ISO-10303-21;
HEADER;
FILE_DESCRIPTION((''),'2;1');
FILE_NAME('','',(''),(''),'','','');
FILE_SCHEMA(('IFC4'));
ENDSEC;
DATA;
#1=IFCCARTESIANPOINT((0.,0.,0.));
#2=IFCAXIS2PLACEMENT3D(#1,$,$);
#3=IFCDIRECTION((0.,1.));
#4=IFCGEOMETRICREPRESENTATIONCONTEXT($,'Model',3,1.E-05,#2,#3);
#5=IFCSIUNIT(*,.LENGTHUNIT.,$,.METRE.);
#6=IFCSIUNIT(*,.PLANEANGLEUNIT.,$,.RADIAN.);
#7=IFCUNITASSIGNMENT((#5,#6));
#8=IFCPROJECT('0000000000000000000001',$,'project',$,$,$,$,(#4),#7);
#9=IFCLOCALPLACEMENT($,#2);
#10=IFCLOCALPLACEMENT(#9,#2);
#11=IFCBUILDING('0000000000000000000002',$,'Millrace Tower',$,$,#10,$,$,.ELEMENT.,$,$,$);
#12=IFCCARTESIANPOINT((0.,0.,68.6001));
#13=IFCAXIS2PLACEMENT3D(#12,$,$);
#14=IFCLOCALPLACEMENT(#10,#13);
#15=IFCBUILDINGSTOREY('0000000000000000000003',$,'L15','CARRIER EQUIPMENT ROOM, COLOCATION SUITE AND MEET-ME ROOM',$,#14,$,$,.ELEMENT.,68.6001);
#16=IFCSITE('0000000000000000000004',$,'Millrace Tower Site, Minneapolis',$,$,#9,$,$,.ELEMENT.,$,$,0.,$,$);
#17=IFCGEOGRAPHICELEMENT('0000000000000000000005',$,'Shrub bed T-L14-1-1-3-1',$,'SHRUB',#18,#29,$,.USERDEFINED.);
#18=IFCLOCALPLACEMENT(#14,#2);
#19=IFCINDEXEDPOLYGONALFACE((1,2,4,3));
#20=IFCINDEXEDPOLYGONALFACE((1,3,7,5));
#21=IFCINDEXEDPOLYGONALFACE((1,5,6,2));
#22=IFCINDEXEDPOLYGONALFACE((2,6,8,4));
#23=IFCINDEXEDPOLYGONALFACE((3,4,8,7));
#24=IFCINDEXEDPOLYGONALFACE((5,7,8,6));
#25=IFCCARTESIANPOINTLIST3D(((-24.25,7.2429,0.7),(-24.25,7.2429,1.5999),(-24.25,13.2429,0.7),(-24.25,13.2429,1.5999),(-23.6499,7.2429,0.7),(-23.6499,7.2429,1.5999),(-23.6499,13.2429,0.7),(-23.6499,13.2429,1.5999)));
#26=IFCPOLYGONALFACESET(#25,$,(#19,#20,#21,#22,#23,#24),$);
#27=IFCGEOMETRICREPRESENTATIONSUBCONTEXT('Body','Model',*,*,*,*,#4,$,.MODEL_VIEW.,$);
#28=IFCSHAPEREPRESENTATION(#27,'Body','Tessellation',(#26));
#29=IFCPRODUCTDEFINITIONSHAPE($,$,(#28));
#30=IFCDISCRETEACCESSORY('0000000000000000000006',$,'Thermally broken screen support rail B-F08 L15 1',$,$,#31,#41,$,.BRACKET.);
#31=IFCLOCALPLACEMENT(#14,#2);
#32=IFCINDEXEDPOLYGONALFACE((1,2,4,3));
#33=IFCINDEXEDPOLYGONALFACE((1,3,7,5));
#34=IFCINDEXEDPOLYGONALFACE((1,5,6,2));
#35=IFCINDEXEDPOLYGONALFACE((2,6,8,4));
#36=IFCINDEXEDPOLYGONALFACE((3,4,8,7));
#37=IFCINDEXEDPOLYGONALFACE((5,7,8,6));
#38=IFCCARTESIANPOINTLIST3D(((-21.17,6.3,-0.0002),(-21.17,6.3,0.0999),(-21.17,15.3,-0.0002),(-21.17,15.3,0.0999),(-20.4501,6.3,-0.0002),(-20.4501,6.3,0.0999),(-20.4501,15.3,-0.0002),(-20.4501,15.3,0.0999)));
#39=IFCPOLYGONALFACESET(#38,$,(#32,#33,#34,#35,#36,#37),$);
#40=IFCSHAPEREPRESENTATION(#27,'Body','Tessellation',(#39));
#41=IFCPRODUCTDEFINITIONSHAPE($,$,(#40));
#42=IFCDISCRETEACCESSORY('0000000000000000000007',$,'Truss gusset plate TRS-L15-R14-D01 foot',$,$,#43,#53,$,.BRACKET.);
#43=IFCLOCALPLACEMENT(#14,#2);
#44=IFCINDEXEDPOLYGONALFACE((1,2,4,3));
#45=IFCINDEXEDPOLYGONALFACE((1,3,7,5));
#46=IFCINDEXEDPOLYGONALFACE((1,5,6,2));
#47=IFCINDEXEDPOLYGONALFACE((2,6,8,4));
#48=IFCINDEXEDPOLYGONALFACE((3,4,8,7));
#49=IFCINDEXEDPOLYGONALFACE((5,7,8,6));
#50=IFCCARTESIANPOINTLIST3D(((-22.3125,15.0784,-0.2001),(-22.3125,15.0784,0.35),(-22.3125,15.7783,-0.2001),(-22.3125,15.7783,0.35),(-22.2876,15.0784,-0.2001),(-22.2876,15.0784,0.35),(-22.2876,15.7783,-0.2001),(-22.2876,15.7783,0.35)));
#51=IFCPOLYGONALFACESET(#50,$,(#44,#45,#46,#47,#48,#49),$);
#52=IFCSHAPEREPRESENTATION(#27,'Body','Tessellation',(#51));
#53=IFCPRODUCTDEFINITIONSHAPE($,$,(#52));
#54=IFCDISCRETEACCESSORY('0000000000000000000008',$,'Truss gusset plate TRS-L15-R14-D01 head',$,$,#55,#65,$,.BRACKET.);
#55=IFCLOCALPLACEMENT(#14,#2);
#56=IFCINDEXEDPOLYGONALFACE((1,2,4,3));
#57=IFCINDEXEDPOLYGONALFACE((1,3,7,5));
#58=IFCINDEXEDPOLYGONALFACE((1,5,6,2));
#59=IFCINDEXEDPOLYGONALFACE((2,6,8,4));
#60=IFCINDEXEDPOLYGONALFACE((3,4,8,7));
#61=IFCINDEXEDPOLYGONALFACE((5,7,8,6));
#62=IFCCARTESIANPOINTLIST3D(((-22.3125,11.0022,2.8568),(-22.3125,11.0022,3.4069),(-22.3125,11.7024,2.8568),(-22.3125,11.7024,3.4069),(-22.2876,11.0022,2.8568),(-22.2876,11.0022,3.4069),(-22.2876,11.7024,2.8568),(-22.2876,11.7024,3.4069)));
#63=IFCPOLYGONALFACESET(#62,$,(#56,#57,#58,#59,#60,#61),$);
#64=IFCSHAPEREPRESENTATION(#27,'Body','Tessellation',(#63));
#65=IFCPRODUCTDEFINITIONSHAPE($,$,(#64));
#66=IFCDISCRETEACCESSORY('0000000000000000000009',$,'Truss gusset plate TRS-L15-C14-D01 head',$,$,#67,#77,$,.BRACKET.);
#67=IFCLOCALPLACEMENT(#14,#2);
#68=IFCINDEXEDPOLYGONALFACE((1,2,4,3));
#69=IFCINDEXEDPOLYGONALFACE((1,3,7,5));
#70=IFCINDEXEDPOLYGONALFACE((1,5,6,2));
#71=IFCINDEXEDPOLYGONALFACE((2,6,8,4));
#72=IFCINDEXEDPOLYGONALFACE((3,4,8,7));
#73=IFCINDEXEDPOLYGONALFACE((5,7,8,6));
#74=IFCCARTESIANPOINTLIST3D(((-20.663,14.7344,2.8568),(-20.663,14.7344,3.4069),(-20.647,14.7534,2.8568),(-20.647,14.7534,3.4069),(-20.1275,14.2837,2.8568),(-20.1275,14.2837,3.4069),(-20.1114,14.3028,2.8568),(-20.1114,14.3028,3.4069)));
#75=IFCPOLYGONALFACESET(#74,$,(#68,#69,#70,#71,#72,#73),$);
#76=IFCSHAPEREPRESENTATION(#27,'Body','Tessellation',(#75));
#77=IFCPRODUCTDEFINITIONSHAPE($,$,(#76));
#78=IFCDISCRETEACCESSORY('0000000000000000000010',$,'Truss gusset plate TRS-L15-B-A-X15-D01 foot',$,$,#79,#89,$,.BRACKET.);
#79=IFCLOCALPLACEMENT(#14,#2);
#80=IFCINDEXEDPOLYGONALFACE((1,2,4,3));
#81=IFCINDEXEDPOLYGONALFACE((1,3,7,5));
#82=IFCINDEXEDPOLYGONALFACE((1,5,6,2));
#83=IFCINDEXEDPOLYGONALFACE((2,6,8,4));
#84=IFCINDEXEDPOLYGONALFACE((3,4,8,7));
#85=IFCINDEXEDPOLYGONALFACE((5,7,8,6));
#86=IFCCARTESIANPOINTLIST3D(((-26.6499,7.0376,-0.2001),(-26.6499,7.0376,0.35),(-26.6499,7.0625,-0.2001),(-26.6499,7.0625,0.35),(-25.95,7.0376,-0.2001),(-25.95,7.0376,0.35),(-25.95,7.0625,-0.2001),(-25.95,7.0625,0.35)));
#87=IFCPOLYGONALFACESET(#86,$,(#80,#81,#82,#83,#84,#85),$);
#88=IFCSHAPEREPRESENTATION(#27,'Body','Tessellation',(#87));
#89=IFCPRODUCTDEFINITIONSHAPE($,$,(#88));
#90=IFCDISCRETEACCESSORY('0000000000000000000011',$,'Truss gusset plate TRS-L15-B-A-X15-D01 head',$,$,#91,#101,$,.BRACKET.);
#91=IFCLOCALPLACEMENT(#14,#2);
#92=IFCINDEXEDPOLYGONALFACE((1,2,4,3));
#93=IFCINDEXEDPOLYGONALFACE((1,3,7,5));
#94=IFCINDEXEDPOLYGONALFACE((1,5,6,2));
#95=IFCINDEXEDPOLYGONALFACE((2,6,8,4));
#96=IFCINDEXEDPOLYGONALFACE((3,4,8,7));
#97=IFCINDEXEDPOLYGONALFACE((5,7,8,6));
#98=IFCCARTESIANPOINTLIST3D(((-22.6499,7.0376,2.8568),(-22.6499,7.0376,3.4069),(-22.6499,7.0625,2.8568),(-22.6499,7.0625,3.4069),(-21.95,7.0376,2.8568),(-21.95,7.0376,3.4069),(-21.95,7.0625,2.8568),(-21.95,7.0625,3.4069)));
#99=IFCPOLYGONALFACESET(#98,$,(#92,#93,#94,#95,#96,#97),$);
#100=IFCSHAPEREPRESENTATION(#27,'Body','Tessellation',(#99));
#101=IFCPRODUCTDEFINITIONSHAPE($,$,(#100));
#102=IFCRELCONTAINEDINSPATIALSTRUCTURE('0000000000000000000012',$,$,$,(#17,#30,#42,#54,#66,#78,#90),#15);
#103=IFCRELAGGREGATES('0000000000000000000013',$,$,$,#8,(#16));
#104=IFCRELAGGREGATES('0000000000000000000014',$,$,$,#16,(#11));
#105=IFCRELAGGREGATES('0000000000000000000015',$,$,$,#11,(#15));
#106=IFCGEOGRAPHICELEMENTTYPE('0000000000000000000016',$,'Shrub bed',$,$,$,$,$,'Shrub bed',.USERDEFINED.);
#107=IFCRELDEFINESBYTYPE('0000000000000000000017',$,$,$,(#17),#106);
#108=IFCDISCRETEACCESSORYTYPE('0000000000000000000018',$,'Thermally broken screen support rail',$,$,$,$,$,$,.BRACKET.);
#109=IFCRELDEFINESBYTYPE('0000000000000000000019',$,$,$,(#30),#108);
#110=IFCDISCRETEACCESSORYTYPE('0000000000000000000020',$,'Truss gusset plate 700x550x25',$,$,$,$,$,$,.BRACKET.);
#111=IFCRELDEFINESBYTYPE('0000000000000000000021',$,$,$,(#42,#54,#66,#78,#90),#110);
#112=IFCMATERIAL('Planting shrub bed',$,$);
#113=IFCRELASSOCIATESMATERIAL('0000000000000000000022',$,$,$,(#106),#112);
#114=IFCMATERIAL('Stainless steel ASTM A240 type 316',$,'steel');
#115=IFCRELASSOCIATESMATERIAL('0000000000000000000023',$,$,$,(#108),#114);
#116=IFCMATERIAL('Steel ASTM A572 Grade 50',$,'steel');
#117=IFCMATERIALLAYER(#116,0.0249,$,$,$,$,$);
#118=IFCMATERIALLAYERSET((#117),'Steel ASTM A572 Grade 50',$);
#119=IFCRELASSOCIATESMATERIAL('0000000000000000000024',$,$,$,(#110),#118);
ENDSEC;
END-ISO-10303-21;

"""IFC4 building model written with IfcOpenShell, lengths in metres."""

from ifc_helpers import new_model, si_unit, direction, frame, origin, origin_2d, place, context, subcontext, project, spatial, rectangle, extrude, material, layer, layer_set, type_object, element, save


model = new_model("IFC4")

# Units and contexts
model_context = context("Model", 3, precision=1e-05, world=origin(), true_north=direction((0.0, 1.0)))
body_context = subcontext(model_context, "Body", "Model", "MODEL_VIEW")
ifc_project = project(units=[si_unit("LENGTHUNIT", "METRE"), si_unit("PLANEANGLEUNIT", "RADIAN")], contexts=[model_context])

# Site, building, storey
site_placement = place(None, origin())
site = spatial("IfcSite", under=ifc_project, at=site_placement, Name="Millrace Tower Site, Minneapolis", CompositionType="ELEMENT", RefElevation=0.0)
building_placement = place(site_placement, origin())
building = spatial("IfcBuilding", under=site, at=building_placement, Name="Millrace Tower", CompositionType="ELEMENT")
storey_placement = place(building_placement, frame((0.0, 0.0, 68.6001)))
storey = spatial("IfcBuildingStorey", under=building, at=storey_placement, Name="L15", Description="CARRIER EQUIPMENT ROOM, COLOCATION SUITE AND MEET-ME ROOM", CompositionType="ELEMENT", Elevation=68.6001)

# Geographic element
ifc_material_1 = material(Name="Planting shrub bed")
geographic_element_type = type_object("IfcGeographicElementType", Name="Shrub bed", ElementType="Shrub bed", PredefinedType="USERDEFINED", material=ifc_material_1)
geographic_element_placement = place(storey_placement, frame((-23.95, 10.2429, 0.7), z_axis=(0.0, 0.0, 1.0), x_axis=(0.0, -1.0, 0.0)))
element("IfcGeographicElement", 1, at=geographic_element_placement, inside=storey, type_object=geographic_element_type, Name="Shrub bed T-L14-1-1-3-1", ObjectType="SHRUB", PredefinedType="USERDEFINED", context=body_context, shape_type="SweptSolid", body=[
    extrude(rectangle(XDim=6.0, YDim=0.6001, at=origin_2d()), origin(), (0.0, 0.0, 1.0), 0.8999),
])

# Discrete accessories
ifc_material_2 = material(Name="Stainless steel ASTM A240 type 316", Category="steel")
discrete_accessory_type_1 = type_object("IfcDiscreteAccessoryType", Name="Thermally broken screen support rail", PredefinedType="BRACKET", material=ifc_material_2)
discrete_accessory_1_placement = place(storey_placement, frame((-20.8101, 10.8, -0.0002), z_axis=(0.0, 0.0, 1.0), x_axis=(0.0, -1.0, 0.0)))
element("IfcDiscreteAccessory", 2, at=discrete_accessory_1_placement, inside=storey, type_object=discrete_accessory_type_1, Name="Thermally broken screen support rail B-F08 L15 1", PredefinedType="BRACKET", context=body_context, shape_type="SweptSolid", body=[
    extrude(rectangle(XDim=9.0, YDim=0.72, at=origin_2d()), origin(), (0.0, 0.0, 1.0), 0.1001),
])
ifc_material_3 = material(Name="Steel ASTM A572 Grade 50", Category="steel")
ifc_layer_1 = layer(ifc_material_3, 0.0249)
ifc_layer_set_1 = layer_set([ifc_layer_1], Name="Steel ASTM A572 Grade 50")
discrete_accessory_type_2 = type_object("IfcDiscreteAccessoryType", Name="Truss gusset plate 700x550x25", PredefinedType="BRACKET", material=ifc_layer_set_1)
discrete_accessory_2_placement = place(storey_placement, frame((-22.3, 15.0784, 0.075), z_axis=(0.0, 1.0, 0.0), x_axis=(-1.0, 0.0, 0.0)))
element("IfcDiscreteAccessory", 3, at=discrete_accessory_2_placement, inside=storey, type_object=discrete_accessory_type_2, Name="Truss gusset plate TRS-L15-R14-D01 foot", PredefinedType="BRACKET", context=body_context, shape_type="SweptSolid", body=[
    extrude(rectangle(XDim=0.0249, YDim=0.55, at=origin_2d()), origin(), (0.0, 0.0, 1.0), 0.7),
])
discrete_accessory_3_placement = place(storey_placement, frame((-22.3, 11.0022, 3.1318), z_axis=(0.0, 1.0, 0.0), x_axis=(-1.0, 0.0, 0.0)))
element("IfcDiscreteAccessory", 4, at=discrete_accessory_3_placement, inside=storey, type_object=discrete_accessory_type_2, Name="Truss gusset plate TRS-L15-R14-D01 head", PredefinedType="BRACKET", context=body_context, shape_type="SweptSolid", body=[
    extrude(rectangle(XDim=0.0249, YDim=0.55, at=origin_2d()), origin(), (0.0, 0.0, 1.0), 0.7002),
])
for number, where, z_axis, x_axis, name in (
    (5, (-20.655, 14.7439, 3.1318), (0.765182, -0.643813, 0.0), (0.643813, 0.765182, 0.0), "Truss gusset plate TRS-L15-C14-D01 head"),
    (6, (-26.6499, 7.05, 0.075), (1.0, 0.0, 0.0), (0.0, 1.0, 0.0), "Truss gusset plate TRS-L15-B-A-X15-D01 foot"),
    (7, (-22.6499, 7.05, 3.1318), (1.0, 0.0, 0.0), (0.0, 1.0, 0.0), "Truss gusset plate TRS-L15-B-A-X15-D01 head"),
):
    element("IfcDiscreteAccessory", number, at=place(storey_placement, frame(where, z_axis=z_axis, x_axis=x_axis)), inside=storey, type_object=discrete_accessory_type_2, Name=name, PredefinedType="BRACKET", context=body_context, shape_type="SweptSolid", body=[
        extrude(rectangle(XDim=0.0249, YDim=0.55, at=origin_2d()), origin(), (0.0, 0.0, 1.0), 0.7),
    ])

save(model, "model.ifc")
